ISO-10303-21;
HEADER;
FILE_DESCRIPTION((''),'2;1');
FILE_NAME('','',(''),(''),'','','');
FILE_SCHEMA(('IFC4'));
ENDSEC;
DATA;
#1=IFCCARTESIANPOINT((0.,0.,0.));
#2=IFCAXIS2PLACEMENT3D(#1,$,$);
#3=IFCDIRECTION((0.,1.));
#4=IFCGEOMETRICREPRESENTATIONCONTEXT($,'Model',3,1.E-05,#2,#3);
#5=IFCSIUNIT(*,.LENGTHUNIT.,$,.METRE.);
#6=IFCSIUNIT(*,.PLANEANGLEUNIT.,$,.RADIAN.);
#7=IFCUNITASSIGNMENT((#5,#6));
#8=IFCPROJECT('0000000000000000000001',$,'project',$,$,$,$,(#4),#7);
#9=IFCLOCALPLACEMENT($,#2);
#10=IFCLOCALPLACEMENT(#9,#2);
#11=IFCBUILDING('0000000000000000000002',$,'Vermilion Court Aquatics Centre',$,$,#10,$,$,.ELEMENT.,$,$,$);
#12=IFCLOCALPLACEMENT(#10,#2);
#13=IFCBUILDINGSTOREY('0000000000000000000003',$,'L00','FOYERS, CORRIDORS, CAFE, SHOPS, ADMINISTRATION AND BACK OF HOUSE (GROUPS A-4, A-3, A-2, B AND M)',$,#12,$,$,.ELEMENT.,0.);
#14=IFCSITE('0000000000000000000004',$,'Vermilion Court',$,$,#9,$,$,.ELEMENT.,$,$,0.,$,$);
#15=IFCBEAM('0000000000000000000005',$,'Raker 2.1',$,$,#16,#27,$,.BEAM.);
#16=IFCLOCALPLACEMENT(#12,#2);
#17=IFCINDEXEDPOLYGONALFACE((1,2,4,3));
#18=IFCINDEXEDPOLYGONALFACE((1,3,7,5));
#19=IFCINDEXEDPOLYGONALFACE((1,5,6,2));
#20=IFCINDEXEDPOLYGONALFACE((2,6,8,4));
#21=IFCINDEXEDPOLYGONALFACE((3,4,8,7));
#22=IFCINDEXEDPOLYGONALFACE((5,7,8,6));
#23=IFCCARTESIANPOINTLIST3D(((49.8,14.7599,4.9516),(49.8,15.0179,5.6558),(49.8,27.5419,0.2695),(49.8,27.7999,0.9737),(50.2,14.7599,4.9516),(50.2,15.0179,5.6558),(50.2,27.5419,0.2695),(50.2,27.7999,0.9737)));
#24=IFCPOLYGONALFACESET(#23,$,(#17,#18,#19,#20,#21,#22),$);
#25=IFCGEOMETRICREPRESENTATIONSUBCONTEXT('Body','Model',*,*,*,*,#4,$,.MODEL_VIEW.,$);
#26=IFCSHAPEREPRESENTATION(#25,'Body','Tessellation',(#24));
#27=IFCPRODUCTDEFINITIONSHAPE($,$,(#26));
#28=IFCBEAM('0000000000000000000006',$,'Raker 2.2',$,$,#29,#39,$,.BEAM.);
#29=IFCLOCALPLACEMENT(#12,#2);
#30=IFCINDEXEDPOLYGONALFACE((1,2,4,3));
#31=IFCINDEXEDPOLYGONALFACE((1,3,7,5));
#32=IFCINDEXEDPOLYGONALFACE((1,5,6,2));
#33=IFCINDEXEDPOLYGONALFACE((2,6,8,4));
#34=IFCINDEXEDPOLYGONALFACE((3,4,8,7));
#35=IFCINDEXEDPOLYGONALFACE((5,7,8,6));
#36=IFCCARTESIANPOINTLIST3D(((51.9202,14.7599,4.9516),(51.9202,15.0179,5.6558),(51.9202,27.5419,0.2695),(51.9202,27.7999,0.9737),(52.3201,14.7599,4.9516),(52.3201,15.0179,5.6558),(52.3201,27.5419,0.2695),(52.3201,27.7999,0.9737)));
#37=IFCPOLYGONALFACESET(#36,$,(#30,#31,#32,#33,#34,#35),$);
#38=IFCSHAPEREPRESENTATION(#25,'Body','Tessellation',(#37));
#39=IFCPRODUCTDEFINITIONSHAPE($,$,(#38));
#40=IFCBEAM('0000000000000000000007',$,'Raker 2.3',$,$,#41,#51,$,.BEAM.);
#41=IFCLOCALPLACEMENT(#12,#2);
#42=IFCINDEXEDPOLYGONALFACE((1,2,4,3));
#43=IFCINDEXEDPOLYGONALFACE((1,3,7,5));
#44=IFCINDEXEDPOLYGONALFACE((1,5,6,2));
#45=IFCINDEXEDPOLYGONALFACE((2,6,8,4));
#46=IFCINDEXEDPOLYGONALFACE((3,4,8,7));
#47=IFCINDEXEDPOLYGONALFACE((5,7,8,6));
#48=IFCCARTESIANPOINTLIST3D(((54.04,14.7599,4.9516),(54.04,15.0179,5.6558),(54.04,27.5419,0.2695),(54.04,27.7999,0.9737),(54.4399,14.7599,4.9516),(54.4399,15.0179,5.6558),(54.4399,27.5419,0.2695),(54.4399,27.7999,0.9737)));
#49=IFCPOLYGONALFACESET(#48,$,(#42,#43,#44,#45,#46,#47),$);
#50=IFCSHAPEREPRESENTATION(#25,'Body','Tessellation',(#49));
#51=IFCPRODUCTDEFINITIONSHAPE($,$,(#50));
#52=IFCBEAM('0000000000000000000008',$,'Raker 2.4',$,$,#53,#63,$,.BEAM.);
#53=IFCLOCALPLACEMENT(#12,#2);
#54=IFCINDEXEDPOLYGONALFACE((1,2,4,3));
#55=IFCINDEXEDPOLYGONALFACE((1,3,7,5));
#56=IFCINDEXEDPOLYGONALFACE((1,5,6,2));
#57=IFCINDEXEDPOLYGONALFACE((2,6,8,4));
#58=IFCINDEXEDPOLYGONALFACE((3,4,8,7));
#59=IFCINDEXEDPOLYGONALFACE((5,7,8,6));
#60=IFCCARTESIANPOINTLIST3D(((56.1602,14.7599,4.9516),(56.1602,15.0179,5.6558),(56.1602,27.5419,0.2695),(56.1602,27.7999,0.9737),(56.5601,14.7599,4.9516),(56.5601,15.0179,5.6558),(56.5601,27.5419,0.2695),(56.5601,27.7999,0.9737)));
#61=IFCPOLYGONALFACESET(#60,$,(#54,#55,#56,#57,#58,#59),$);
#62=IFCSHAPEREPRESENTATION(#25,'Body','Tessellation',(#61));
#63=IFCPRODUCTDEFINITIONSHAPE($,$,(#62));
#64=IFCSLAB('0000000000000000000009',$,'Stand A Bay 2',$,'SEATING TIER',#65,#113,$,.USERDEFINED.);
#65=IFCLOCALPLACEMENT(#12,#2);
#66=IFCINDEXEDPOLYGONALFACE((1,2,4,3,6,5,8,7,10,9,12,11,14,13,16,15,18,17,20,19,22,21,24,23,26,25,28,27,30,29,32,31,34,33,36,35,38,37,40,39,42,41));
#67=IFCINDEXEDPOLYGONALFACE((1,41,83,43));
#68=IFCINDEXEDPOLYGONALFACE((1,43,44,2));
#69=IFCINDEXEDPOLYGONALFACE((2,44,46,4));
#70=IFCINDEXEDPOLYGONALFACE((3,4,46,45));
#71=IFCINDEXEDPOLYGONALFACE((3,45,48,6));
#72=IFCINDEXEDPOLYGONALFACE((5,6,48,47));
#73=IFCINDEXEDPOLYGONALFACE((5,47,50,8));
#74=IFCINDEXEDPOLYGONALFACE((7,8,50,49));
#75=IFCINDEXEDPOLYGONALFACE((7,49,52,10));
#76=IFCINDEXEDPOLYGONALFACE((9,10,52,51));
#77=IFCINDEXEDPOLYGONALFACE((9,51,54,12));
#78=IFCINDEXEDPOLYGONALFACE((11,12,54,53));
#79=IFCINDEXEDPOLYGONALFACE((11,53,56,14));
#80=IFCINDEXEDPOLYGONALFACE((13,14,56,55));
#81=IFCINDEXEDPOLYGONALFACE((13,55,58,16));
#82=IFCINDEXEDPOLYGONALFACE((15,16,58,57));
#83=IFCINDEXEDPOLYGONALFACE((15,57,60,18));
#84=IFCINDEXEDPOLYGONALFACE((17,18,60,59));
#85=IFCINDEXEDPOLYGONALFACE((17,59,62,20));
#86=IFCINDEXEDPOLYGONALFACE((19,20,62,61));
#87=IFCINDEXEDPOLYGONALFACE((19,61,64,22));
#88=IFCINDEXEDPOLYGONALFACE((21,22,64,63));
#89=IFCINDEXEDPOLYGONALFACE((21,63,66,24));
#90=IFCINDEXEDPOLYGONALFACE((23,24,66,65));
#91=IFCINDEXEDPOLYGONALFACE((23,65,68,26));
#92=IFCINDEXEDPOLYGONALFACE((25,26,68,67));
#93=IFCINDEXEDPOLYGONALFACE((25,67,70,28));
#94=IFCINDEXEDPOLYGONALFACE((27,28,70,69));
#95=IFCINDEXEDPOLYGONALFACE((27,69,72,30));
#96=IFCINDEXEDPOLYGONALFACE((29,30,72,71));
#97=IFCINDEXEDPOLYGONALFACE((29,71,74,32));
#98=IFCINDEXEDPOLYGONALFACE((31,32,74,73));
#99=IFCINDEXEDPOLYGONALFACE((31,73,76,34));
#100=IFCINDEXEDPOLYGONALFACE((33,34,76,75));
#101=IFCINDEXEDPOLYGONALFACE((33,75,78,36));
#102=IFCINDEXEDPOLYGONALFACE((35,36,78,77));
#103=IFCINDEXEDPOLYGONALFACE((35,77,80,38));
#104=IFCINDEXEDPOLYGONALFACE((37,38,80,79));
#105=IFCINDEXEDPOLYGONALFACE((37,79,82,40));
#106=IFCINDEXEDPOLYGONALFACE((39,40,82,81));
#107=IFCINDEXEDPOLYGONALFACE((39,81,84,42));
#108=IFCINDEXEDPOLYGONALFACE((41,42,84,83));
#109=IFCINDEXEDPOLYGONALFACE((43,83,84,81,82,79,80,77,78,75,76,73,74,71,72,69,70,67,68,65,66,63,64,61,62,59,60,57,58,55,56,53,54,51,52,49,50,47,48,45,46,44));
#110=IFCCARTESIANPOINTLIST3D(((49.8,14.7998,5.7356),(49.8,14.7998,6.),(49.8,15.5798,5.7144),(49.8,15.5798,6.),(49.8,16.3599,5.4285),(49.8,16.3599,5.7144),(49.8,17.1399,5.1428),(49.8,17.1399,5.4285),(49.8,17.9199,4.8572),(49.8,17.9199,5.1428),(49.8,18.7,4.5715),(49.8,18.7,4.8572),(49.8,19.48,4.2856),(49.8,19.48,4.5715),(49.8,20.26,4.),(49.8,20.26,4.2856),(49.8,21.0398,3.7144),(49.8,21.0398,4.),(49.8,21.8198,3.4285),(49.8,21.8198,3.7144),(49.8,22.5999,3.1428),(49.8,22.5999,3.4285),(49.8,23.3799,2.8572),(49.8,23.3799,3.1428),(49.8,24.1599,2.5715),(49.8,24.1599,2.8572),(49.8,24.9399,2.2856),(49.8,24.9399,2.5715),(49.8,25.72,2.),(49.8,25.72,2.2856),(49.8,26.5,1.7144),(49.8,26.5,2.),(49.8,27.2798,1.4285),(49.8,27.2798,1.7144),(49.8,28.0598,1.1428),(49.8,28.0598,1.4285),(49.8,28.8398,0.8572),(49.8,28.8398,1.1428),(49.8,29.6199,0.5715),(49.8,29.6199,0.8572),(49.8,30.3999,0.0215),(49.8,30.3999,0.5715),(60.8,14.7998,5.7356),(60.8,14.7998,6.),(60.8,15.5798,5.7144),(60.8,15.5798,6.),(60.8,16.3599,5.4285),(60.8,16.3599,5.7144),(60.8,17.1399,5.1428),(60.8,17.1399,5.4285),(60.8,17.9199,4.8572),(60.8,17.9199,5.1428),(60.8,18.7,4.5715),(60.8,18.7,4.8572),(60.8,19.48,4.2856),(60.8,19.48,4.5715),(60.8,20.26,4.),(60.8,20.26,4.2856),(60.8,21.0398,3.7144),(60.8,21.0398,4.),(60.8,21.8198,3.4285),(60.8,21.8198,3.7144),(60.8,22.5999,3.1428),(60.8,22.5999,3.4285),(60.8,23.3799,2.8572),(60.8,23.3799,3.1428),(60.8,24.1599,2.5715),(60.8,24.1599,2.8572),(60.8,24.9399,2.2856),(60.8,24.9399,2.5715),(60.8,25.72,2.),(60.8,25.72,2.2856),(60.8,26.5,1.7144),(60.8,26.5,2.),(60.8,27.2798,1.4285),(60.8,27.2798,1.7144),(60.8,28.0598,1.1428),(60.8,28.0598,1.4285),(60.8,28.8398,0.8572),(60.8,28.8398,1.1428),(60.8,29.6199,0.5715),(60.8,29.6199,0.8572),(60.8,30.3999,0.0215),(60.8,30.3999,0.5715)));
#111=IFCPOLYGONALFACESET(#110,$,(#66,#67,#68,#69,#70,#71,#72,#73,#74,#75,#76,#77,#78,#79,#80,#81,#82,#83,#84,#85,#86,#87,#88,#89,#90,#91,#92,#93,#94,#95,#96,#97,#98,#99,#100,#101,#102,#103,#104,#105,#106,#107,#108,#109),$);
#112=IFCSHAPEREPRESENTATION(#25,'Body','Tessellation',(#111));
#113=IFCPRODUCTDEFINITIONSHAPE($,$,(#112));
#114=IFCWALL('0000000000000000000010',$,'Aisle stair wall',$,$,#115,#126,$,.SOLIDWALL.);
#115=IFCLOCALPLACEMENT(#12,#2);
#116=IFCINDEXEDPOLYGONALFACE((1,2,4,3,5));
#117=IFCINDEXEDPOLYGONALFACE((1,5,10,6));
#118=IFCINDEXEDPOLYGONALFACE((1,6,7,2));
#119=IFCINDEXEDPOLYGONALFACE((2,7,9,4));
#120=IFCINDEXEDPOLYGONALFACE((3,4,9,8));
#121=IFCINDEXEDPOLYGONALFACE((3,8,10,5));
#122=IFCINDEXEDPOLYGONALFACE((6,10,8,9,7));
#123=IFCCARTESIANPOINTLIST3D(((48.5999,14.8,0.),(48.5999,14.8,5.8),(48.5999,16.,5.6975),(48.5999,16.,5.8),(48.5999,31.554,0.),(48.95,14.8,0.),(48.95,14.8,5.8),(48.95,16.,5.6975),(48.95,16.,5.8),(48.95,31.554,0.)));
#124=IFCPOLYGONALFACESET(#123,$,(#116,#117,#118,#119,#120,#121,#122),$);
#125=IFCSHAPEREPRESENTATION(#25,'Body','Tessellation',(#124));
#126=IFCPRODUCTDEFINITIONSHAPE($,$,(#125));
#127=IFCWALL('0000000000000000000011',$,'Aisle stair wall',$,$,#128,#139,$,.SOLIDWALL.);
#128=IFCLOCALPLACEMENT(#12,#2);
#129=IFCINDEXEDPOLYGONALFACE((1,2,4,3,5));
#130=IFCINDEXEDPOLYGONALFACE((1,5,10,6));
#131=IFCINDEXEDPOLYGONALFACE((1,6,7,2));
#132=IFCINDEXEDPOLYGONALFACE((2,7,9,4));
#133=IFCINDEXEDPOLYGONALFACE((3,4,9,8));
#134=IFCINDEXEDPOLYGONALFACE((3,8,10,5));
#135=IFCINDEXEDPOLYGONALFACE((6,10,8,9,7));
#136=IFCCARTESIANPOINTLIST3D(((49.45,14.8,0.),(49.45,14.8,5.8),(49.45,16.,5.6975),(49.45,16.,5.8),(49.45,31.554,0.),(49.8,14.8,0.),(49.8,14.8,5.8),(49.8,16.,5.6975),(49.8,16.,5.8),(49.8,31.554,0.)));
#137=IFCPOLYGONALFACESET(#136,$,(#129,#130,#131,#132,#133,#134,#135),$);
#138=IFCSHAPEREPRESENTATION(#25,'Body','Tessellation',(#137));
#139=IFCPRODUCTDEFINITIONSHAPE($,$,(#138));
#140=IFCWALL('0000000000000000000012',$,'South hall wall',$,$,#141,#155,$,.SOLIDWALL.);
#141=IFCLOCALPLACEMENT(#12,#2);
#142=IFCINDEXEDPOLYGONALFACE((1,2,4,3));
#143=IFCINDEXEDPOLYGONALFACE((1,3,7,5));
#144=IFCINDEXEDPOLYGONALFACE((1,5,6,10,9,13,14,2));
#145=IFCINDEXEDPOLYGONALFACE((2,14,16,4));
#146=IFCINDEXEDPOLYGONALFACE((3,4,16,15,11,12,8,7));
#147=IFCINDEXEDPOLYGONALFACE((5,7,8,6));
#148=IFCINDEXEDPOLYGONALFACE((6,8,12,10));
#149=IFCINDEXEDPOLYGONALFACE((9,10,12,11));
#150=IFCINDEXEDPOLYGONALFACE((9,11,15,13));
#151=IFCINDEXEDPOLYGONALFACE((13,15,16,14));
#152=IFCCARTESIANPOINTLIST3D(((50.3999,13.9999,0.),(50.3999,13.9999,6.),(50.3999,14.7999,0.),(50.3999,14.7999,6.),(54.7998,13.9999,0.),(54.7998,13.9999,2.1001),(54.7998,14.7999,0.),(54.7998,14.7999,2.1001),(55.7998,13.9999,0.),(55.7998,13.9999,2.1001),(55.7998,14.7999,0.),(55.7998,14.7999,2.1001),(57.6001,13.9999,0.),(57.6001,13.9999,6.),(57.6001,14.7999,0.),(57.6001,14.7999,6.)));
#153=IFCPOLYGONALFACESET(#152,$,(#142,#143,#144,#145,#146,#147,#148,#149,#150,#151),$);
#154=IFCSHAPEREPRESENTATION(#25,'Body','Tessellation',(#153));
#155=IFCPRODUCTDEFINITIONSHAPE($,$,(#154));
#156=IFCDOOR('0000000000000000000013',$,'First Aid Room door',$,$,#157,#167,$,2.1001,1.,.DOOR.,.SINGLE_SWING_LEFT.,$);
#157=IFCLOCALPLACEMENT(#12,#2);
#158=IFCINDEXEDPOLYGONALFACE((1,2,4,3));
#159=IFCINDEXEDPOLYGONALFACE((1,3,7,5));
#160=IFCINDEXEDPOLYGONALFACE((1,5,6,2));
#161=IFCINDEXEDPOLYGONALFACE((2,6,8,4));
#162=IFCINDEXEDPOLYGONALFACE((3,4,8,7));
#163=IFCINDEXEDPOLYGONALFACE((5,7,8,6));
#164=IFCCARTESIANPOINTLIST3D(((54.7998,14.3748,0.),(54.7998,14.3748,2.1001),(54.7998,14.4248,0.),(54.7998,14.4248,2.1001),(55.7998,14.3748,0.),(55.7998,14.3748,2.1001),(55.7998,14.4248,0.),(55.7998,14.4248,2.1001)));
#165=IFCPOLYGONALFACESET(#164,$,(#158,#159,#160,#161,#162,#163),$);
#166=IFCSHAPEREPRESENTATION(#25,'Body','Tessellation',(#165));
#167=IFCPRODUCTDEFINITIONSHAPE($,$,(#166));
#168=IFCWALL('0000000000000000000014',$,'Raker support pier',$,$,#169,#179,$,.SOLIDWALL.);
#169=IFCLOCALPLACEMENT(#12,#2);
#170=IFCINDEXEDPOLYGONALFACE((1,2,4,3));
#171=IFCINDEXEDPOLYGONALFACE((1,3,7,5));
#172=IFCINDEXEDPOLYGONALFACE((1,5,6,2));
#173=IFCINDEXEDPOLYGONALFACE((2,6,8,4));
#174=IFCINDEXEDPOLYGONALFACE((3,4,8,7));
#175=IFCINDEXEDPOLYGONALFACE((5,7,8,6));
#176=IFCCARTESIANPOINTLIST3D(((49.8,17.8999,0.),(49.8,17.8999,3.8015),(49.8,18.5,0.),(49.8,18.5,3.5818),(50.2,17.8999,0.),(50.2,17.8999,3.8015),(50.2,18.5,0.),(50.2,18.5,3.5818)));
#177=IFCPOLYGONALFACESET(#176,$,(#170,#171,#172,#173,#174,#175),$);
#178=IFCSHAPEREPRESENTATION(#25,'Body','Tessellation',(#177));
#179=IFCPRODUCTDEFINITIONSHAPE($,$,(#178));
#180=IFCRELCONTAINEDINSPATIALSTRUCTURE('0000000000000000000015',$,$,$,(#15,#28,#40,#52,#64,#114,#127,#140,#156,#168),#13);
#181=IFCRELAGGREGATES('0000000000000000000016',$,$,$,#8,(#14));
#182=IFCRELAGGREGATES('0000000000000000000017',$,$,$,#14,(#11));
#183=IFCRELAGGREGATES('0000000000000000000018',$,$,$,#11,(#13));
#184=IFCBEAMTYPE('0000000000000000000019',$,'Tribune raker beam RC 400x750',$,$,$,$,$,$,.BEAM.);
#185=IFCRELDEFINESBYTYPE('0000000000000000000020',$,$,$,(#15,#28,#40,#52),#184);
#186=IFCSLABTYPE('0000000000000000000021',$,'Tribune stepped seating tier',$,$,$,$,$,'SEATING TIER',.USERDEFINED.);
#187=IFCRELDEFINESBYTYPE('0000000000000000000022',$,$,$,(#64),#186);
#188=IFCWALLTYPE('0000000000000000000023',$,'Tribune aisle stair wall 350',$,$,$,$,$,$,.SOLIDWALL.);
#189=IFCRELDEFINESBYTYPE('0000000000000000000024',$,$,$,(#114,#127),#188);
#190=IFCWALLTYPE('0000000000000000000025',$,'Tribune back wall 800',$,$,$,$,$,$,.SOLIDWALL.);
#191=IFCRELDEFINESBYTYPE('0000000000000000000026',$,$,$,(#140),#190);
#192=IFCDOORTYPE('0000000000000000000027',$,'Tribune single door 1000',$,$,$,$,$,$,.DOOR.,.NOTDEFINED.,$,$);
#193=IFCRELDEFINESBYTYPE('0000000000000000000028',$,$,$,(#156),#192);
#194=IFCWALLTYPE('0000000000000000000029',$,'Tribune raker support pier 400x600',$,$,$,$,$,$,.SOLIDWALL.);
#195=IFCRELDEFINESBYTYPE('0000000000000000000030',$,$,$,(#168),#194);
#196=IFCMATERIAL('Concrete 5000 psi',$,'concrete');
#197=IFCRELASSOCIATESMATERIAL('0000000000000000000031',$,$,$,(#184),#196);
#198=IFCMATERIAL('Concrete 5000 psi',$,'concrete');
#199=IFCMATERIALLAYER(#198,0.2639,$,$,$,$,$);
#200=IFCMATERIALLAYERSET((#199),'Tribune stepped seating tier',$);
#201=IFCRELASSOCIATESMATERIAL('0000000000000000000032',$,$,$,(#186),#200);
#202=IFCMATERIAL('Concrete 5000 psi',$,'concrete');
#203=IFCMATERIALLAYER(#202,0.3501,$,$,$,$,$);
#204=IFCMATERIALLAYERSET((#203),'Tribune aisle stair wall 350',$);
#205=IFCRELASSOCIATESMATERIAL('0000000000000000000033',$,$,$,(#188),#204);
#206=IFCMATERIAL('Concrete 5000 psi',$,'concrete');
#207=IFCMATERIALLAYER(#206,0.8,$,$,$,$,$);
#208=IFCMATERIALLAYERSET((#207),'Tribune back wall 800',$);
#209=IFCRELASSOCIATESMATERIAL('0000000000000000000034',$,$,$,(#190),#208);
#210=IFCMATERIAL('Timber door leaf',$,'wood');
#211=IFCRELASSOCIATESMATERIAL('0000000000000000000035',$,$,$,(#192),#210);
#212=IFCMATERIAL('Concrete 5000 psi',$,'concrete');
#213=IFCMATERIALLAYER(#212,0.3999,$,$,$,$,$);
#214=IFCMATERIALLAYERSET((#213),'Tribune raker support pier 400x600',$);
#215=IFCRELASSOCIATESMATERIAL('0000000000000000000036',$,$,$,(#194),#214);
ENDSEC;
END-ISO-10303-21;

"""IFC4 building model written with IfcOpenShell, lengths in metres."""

from ifc_helpers import new_model, si_unit, direction, frame, frame_2d, origin, origin_2d, place, context, subcontext, project, spatial, polyline, rectangle, outline, extrude, material, layer, layer_set, material_profile, profile_set, type_object, element, fill, save


model = new_model("IFC4")

# Units and contexts
model_context = context("Model", 3, precision=1e-05, world=origin(), true_north=direction((0.0, 1.0)))
body_context = subcontext(model_context, "Body", "Model", "MODEL_VIEW")
ifc_project = project(units=[si_unit("LENGTHUNIT", "METRE"), si_unit("PLANEANGLEUNIT", "RADIAN")], contexts=[model_context])

# Site, building, storey
site_placement = place(None, origin())
site = spatial("IfcSite", under=ifc_project, at=site_placement, Name="Vermilion Court", CompositionType="ELEMENT", RefElevation=0.0)
building_placement = place(site_placement, origin())
building = spatial("IfcBuilding", under=site, at=building_placement, Name="Vermilion Court Aquatics Centre", CompositionType="ELEMENT")
storey_placement = place(building_placement, origin())
storey = spatial("IfcBuildingStorey", under=building, at=storey_placement, Name="L00", Description="FOYERS, CORRIDORS, CAFE, SHOPS, ADMINISTRATION AND BACK OF HOUSE (GROUPS A-4, A-3, A-2, B AND M)", CompositionType="ELEMENT", Elevation=0.0)

# Beams
ifc_material_1 = material(Name="Concrete 5000 psi", Category="concrete")
ifc_material_profile = material_profile(ifc_material_1, rectangle(XDim=0.3999, YDim=0.75, at=origin_2d()), Name="RC 400x750")
ifc_profile_set = profile_set([ifc_material_profile], Name="Concrete 5000 psi")
beam_type = type_object("IfcBeamType", Name="Tribune raker beam RC 400x750", PredefinedType="BEAM", material=ifc_profile_set)
for number, where, z_axis, x_axis, name in (
    (1, (50.0, 27.6709, 0.6216), (0.0, -0.938985, 0.343957), (1.0, 0.0, 0.0), "Raker 2.1"),
    (2, (52.1201, 27.6709, 0.6216), (0.0, -0.938985, 0.343957), (1.0, 0.0, 0.0), "Raker 2.2"),
    (3, (54.24, 27.6709, 0.6216), (0.0, -0.938985, 0.343957), (1.0, 0.0, 0.0), "Raker 2.3"),
    (4, (56.3601, 27.6709, 0.6216), (0.0, -0.938985, 0.343957), (1.0, 0.0, 0.0), "Raker 2.4"),
):
    element("IfcBeam", number, at=place(storey_placement, frame(where, z_axis=z_axis, x_axis=x_axis)), inside=storey, type_object=beam_type, Name=name, PredefinedType="BEAM", context=body_context, shape_type="SweptSolid", body=[
        extrude(rectangle(XDim=0.3999, YDim=0.75, at=origin_2d()), origin(), (0.0, 0.0, 1.0), 13.6125),
    ])

# Slab
ifc_material_2 = material(Name="Concrete 5000 psi", Category="concrete")
ifc_layer_1 = layer(ifc_material_2, 0.2639)
ifc_layer_set_1 = layer_set([ifc_layer_1], Name="Tribune stepped seating tier")
slab_type = type_object("IfcSlabType", Name="Tribune stepped seating tier", ElementType="SEATING TIER", PredefinedType="USERDEFINED", material=ifc_layer_set_1)
slab_placement = place(storey_placement, frame((55.3, 30.3999, 0.0215), z_axis=(0.0, 0.0, 1.0), x_axis=(0.0, -1.0, 0.0)))
element("IfcSlab", 5, at=slab_placement, inside=storey, type_object=slab_type, Name="Stand A Bay 2", ObjectType="SEATING TIER", PredefinedType="USERDEFINED", context=body_context, shape_type="SweptSolid", body=[
    extrude(outline(polyline([(0.0, 0.0), (15.6001, 5.7141), (15.6001, 5.9785), (14.8201, 5.9785), (14.8201, 5.6929), (14.04, 5.6929), (14.04, 5.407), (13.26, 5.407), (13.26, 5.1213), (12.48, 5.1213), (12.48, 4.8357), (11.7, 4.8357), (11.7, 4.55), (10.9199, 4.55), (10.9199, 4.2642), (10.1399, 4.2642), (10.1399, 3.9785), (9.3601, 3.9785), (9.3601, 3.6929), (8.5801, 3.6929), (8.5801, 3.407), (7.8, 3.407), (7.8, 3.1213), (7.02, 3.1213), (7.02, 2.8357), (6.24, 2.8357), (6.24, 2.55), (5.46, 2.55), (5.46, 2.2642), (4.6799, 2.2642), (4.6799, 1.9785), (3.8999, 1.9785), (3.8999, 1.6929), (3.1201, 1.6929), (3.1201, 1.407), (2.3401, 1.407), (2.3401, 1.1213), (1.5601, 1.1213), (1.5601, 0.8357), (0.78, 0.8357), (0.78, 0.55), (0.0, 0.55), (0.0, 0.0)])), frame((0.0, 5.5, 0.0), z_axis=(0.0, -1.0, 0.0), x_axis=(1.0, 0.0, 0.0)), (0.0, 0.0, 1.0), 11.0),
])

# Walls
ifc_material_3 = material(Name="Concrete 5000 psi", Category="concrete")
ifc_layer_2 = layer(ifc_material_3, 0.3501)
ifc_layer_set_2 = layer_set([ifc_layer_2], Name="Tribune aisle stair wall 350")
wall_type_1 = type_object("IfcWallType", Name="Tribune aisle stair wall 350", PredefinedType="SOLIDWALL", material=ifc_layer_set_2)
for number, where, z_axis, x_axis, name in (
    (6, (48.7749, 31.554, 0.0), (0.0, 0.0, 1.0), (0.0, -1.0, 0.0), "Aisle stair wall"),
    (7, (49.625, 31.554, 0.0), (0.0, 0.0, 1.0), (0.0, -1.0, 0.0), "Aisle stair wall"),
):
    element("IfcWall", number, at=place(storey_placement, frame(where, z_axis=z_axis, x_axis=x_axis)), inside=storey, type_object=wall_type_1, Name=name, PredefinedType="SOLIDWALL", context=body_context, shape_type="SweptSolid", body=[
        extrude(outline(polyline([(0.0, 0.0), (16.7539, 0.0), (16.7539, 5.8), (15.554, 5.8), (15.554, 5.6975), (0.0, 0.0), (0.0, 0.0)])), frame((0.0, 0.175, 0.0), z_axis=(0.0, -1.0, 0.0), x_axis=(1.0, 0.0, 0.0)), (0.0, 0.0, 1.0), 0.3501),
    ])

# Wall, opening, door
ifc_material_4 = material(Name="Concrete 5000 psi", Category="concrete")
ifc_layer_3 = layer(ifc_material_4, 0.8)
ifc_layer_set_3 = layer_set([ifc_layer_3], Name="Tribune back wall 800")
wall_type_2 = type_object("IfcWallType", Name="Tribune back wall 800", PredefinedType="SOLIDWALL", material=ifc_layer_set_3)
wall_1_placement = place(storey_placement, frame((50.3999, 14.3999, 0.0), z_axis=(0.0, 0.0, 1.0), x_axis=(1.0, 0.0, 0.0)))
wall_1 = element("IfcWall", 8, at=wall_1_placement, inside=storey, type_object=wall_type_2, Name="South hall wall", PredefinedType="SOLIDWALL", context=body_context, shape_type="SweptSolid", body=[
    extrude(rectangle(XDim=7.2002, YDim=0.8, at=frame_2d((3.6001, 0.0))), origin(), (0.0, 0.0, 1.0), 6.0),
])
opening_placement = place(wall_1_placement, frame((4.3999, 0.0, 0.0)))
opening = element("IfcOpeningElement", 9, at=opening_placement, cuts=wall_1, PredefinedType="OPENING", context=body_context, shape_type="SweptSolid", body=[
    extrude(rectangle(XDim=1.0, YDim=2.1001, at=frame_2d((0.5, 1.05))), frame((0.0, 0.4099, 0.0), z_axis=(0.0, -1.0, 0.0), x_axis=(1.0, 0.0, 0.0)), (0.0, 0.0, 1.0), 0.8201),
])
ifc_material_5 = material(Name="Timber door leaf", Category="wood")
door_type = type_object("IfcDoorType", Name="Tribune single door 1000", OperationType="NOTDEFINED", PredefinedType="DOOR", material=ifc_material_5)
door_placement = place(opening_placement, origin())
door = element("IfcDoor", 10, at=door_placement, inside=storey, type_object=door_type, Name="First Aid Room door", OperationType="SINGLE_SWING_LEFT", OverallHeight=2.1001, OverallWidth=1.0, PredefinedType="DOOR", context=body_context, shape_type="SweptSolid", body=[
    extrude(rectangle(XDim=1.0, YDim=2.1001, at=frame_2d((0.5, 1.05))), frame((0.0, 0.0249, 0.0), z_axis=(0.0, -1.0, 0.0), x_axis=(1.0, 0.0, 0.0)), (0.0, 0.0, 1.0), 0.05),
])
fill(opening, door)

# Wall
ifc_material_6 = material(Name="Concrete 5000 psi", Category="concrete")
ifc_layer_4 = layer(ifc_material_6, 0.3999)
ifc_layer_set_4 = layer_set([ifc_layer_4], Name="Tribune raker support pier 400x600")
wall_type_3 = type_object("IfcWallType", Name="Tribune raker support pier 400x600", PredefinedType="SOLIDWALL", material=ifc_layer_set_4)
for number, where, z_axis, x_axis, name in (
    (11, (50.0, 18.5, 0.0), (0.0, 0.0, 1.0), (0.0, -1.0, 0.0), "Raker support pier"),
):
    element("IfcWall", number, at=place(storey_placement, frame(where, z_axis=z_axis, x_axis=x_axis)), inside=storey, type_object=wall_type_3, Name=name, PredefinedType="SOLIDWALL", context=body_context, shape_type="SweptSolid", body=[
        extrude(outline(polyline([(0.0, 0.0), (0.6001, 0.0), (0.6001, 3.8015), (0.0, 3.5818), (0.0, 0.0)])), frame((0.0, 0.2, 0.0), z_axis=(0.0, -1.0, 0.0), x_axis=(1.0, 0.0, 0.0)), (0.0, 0.0, 1.0), 0.3999),
    ])

save(model, "model.ifc")
